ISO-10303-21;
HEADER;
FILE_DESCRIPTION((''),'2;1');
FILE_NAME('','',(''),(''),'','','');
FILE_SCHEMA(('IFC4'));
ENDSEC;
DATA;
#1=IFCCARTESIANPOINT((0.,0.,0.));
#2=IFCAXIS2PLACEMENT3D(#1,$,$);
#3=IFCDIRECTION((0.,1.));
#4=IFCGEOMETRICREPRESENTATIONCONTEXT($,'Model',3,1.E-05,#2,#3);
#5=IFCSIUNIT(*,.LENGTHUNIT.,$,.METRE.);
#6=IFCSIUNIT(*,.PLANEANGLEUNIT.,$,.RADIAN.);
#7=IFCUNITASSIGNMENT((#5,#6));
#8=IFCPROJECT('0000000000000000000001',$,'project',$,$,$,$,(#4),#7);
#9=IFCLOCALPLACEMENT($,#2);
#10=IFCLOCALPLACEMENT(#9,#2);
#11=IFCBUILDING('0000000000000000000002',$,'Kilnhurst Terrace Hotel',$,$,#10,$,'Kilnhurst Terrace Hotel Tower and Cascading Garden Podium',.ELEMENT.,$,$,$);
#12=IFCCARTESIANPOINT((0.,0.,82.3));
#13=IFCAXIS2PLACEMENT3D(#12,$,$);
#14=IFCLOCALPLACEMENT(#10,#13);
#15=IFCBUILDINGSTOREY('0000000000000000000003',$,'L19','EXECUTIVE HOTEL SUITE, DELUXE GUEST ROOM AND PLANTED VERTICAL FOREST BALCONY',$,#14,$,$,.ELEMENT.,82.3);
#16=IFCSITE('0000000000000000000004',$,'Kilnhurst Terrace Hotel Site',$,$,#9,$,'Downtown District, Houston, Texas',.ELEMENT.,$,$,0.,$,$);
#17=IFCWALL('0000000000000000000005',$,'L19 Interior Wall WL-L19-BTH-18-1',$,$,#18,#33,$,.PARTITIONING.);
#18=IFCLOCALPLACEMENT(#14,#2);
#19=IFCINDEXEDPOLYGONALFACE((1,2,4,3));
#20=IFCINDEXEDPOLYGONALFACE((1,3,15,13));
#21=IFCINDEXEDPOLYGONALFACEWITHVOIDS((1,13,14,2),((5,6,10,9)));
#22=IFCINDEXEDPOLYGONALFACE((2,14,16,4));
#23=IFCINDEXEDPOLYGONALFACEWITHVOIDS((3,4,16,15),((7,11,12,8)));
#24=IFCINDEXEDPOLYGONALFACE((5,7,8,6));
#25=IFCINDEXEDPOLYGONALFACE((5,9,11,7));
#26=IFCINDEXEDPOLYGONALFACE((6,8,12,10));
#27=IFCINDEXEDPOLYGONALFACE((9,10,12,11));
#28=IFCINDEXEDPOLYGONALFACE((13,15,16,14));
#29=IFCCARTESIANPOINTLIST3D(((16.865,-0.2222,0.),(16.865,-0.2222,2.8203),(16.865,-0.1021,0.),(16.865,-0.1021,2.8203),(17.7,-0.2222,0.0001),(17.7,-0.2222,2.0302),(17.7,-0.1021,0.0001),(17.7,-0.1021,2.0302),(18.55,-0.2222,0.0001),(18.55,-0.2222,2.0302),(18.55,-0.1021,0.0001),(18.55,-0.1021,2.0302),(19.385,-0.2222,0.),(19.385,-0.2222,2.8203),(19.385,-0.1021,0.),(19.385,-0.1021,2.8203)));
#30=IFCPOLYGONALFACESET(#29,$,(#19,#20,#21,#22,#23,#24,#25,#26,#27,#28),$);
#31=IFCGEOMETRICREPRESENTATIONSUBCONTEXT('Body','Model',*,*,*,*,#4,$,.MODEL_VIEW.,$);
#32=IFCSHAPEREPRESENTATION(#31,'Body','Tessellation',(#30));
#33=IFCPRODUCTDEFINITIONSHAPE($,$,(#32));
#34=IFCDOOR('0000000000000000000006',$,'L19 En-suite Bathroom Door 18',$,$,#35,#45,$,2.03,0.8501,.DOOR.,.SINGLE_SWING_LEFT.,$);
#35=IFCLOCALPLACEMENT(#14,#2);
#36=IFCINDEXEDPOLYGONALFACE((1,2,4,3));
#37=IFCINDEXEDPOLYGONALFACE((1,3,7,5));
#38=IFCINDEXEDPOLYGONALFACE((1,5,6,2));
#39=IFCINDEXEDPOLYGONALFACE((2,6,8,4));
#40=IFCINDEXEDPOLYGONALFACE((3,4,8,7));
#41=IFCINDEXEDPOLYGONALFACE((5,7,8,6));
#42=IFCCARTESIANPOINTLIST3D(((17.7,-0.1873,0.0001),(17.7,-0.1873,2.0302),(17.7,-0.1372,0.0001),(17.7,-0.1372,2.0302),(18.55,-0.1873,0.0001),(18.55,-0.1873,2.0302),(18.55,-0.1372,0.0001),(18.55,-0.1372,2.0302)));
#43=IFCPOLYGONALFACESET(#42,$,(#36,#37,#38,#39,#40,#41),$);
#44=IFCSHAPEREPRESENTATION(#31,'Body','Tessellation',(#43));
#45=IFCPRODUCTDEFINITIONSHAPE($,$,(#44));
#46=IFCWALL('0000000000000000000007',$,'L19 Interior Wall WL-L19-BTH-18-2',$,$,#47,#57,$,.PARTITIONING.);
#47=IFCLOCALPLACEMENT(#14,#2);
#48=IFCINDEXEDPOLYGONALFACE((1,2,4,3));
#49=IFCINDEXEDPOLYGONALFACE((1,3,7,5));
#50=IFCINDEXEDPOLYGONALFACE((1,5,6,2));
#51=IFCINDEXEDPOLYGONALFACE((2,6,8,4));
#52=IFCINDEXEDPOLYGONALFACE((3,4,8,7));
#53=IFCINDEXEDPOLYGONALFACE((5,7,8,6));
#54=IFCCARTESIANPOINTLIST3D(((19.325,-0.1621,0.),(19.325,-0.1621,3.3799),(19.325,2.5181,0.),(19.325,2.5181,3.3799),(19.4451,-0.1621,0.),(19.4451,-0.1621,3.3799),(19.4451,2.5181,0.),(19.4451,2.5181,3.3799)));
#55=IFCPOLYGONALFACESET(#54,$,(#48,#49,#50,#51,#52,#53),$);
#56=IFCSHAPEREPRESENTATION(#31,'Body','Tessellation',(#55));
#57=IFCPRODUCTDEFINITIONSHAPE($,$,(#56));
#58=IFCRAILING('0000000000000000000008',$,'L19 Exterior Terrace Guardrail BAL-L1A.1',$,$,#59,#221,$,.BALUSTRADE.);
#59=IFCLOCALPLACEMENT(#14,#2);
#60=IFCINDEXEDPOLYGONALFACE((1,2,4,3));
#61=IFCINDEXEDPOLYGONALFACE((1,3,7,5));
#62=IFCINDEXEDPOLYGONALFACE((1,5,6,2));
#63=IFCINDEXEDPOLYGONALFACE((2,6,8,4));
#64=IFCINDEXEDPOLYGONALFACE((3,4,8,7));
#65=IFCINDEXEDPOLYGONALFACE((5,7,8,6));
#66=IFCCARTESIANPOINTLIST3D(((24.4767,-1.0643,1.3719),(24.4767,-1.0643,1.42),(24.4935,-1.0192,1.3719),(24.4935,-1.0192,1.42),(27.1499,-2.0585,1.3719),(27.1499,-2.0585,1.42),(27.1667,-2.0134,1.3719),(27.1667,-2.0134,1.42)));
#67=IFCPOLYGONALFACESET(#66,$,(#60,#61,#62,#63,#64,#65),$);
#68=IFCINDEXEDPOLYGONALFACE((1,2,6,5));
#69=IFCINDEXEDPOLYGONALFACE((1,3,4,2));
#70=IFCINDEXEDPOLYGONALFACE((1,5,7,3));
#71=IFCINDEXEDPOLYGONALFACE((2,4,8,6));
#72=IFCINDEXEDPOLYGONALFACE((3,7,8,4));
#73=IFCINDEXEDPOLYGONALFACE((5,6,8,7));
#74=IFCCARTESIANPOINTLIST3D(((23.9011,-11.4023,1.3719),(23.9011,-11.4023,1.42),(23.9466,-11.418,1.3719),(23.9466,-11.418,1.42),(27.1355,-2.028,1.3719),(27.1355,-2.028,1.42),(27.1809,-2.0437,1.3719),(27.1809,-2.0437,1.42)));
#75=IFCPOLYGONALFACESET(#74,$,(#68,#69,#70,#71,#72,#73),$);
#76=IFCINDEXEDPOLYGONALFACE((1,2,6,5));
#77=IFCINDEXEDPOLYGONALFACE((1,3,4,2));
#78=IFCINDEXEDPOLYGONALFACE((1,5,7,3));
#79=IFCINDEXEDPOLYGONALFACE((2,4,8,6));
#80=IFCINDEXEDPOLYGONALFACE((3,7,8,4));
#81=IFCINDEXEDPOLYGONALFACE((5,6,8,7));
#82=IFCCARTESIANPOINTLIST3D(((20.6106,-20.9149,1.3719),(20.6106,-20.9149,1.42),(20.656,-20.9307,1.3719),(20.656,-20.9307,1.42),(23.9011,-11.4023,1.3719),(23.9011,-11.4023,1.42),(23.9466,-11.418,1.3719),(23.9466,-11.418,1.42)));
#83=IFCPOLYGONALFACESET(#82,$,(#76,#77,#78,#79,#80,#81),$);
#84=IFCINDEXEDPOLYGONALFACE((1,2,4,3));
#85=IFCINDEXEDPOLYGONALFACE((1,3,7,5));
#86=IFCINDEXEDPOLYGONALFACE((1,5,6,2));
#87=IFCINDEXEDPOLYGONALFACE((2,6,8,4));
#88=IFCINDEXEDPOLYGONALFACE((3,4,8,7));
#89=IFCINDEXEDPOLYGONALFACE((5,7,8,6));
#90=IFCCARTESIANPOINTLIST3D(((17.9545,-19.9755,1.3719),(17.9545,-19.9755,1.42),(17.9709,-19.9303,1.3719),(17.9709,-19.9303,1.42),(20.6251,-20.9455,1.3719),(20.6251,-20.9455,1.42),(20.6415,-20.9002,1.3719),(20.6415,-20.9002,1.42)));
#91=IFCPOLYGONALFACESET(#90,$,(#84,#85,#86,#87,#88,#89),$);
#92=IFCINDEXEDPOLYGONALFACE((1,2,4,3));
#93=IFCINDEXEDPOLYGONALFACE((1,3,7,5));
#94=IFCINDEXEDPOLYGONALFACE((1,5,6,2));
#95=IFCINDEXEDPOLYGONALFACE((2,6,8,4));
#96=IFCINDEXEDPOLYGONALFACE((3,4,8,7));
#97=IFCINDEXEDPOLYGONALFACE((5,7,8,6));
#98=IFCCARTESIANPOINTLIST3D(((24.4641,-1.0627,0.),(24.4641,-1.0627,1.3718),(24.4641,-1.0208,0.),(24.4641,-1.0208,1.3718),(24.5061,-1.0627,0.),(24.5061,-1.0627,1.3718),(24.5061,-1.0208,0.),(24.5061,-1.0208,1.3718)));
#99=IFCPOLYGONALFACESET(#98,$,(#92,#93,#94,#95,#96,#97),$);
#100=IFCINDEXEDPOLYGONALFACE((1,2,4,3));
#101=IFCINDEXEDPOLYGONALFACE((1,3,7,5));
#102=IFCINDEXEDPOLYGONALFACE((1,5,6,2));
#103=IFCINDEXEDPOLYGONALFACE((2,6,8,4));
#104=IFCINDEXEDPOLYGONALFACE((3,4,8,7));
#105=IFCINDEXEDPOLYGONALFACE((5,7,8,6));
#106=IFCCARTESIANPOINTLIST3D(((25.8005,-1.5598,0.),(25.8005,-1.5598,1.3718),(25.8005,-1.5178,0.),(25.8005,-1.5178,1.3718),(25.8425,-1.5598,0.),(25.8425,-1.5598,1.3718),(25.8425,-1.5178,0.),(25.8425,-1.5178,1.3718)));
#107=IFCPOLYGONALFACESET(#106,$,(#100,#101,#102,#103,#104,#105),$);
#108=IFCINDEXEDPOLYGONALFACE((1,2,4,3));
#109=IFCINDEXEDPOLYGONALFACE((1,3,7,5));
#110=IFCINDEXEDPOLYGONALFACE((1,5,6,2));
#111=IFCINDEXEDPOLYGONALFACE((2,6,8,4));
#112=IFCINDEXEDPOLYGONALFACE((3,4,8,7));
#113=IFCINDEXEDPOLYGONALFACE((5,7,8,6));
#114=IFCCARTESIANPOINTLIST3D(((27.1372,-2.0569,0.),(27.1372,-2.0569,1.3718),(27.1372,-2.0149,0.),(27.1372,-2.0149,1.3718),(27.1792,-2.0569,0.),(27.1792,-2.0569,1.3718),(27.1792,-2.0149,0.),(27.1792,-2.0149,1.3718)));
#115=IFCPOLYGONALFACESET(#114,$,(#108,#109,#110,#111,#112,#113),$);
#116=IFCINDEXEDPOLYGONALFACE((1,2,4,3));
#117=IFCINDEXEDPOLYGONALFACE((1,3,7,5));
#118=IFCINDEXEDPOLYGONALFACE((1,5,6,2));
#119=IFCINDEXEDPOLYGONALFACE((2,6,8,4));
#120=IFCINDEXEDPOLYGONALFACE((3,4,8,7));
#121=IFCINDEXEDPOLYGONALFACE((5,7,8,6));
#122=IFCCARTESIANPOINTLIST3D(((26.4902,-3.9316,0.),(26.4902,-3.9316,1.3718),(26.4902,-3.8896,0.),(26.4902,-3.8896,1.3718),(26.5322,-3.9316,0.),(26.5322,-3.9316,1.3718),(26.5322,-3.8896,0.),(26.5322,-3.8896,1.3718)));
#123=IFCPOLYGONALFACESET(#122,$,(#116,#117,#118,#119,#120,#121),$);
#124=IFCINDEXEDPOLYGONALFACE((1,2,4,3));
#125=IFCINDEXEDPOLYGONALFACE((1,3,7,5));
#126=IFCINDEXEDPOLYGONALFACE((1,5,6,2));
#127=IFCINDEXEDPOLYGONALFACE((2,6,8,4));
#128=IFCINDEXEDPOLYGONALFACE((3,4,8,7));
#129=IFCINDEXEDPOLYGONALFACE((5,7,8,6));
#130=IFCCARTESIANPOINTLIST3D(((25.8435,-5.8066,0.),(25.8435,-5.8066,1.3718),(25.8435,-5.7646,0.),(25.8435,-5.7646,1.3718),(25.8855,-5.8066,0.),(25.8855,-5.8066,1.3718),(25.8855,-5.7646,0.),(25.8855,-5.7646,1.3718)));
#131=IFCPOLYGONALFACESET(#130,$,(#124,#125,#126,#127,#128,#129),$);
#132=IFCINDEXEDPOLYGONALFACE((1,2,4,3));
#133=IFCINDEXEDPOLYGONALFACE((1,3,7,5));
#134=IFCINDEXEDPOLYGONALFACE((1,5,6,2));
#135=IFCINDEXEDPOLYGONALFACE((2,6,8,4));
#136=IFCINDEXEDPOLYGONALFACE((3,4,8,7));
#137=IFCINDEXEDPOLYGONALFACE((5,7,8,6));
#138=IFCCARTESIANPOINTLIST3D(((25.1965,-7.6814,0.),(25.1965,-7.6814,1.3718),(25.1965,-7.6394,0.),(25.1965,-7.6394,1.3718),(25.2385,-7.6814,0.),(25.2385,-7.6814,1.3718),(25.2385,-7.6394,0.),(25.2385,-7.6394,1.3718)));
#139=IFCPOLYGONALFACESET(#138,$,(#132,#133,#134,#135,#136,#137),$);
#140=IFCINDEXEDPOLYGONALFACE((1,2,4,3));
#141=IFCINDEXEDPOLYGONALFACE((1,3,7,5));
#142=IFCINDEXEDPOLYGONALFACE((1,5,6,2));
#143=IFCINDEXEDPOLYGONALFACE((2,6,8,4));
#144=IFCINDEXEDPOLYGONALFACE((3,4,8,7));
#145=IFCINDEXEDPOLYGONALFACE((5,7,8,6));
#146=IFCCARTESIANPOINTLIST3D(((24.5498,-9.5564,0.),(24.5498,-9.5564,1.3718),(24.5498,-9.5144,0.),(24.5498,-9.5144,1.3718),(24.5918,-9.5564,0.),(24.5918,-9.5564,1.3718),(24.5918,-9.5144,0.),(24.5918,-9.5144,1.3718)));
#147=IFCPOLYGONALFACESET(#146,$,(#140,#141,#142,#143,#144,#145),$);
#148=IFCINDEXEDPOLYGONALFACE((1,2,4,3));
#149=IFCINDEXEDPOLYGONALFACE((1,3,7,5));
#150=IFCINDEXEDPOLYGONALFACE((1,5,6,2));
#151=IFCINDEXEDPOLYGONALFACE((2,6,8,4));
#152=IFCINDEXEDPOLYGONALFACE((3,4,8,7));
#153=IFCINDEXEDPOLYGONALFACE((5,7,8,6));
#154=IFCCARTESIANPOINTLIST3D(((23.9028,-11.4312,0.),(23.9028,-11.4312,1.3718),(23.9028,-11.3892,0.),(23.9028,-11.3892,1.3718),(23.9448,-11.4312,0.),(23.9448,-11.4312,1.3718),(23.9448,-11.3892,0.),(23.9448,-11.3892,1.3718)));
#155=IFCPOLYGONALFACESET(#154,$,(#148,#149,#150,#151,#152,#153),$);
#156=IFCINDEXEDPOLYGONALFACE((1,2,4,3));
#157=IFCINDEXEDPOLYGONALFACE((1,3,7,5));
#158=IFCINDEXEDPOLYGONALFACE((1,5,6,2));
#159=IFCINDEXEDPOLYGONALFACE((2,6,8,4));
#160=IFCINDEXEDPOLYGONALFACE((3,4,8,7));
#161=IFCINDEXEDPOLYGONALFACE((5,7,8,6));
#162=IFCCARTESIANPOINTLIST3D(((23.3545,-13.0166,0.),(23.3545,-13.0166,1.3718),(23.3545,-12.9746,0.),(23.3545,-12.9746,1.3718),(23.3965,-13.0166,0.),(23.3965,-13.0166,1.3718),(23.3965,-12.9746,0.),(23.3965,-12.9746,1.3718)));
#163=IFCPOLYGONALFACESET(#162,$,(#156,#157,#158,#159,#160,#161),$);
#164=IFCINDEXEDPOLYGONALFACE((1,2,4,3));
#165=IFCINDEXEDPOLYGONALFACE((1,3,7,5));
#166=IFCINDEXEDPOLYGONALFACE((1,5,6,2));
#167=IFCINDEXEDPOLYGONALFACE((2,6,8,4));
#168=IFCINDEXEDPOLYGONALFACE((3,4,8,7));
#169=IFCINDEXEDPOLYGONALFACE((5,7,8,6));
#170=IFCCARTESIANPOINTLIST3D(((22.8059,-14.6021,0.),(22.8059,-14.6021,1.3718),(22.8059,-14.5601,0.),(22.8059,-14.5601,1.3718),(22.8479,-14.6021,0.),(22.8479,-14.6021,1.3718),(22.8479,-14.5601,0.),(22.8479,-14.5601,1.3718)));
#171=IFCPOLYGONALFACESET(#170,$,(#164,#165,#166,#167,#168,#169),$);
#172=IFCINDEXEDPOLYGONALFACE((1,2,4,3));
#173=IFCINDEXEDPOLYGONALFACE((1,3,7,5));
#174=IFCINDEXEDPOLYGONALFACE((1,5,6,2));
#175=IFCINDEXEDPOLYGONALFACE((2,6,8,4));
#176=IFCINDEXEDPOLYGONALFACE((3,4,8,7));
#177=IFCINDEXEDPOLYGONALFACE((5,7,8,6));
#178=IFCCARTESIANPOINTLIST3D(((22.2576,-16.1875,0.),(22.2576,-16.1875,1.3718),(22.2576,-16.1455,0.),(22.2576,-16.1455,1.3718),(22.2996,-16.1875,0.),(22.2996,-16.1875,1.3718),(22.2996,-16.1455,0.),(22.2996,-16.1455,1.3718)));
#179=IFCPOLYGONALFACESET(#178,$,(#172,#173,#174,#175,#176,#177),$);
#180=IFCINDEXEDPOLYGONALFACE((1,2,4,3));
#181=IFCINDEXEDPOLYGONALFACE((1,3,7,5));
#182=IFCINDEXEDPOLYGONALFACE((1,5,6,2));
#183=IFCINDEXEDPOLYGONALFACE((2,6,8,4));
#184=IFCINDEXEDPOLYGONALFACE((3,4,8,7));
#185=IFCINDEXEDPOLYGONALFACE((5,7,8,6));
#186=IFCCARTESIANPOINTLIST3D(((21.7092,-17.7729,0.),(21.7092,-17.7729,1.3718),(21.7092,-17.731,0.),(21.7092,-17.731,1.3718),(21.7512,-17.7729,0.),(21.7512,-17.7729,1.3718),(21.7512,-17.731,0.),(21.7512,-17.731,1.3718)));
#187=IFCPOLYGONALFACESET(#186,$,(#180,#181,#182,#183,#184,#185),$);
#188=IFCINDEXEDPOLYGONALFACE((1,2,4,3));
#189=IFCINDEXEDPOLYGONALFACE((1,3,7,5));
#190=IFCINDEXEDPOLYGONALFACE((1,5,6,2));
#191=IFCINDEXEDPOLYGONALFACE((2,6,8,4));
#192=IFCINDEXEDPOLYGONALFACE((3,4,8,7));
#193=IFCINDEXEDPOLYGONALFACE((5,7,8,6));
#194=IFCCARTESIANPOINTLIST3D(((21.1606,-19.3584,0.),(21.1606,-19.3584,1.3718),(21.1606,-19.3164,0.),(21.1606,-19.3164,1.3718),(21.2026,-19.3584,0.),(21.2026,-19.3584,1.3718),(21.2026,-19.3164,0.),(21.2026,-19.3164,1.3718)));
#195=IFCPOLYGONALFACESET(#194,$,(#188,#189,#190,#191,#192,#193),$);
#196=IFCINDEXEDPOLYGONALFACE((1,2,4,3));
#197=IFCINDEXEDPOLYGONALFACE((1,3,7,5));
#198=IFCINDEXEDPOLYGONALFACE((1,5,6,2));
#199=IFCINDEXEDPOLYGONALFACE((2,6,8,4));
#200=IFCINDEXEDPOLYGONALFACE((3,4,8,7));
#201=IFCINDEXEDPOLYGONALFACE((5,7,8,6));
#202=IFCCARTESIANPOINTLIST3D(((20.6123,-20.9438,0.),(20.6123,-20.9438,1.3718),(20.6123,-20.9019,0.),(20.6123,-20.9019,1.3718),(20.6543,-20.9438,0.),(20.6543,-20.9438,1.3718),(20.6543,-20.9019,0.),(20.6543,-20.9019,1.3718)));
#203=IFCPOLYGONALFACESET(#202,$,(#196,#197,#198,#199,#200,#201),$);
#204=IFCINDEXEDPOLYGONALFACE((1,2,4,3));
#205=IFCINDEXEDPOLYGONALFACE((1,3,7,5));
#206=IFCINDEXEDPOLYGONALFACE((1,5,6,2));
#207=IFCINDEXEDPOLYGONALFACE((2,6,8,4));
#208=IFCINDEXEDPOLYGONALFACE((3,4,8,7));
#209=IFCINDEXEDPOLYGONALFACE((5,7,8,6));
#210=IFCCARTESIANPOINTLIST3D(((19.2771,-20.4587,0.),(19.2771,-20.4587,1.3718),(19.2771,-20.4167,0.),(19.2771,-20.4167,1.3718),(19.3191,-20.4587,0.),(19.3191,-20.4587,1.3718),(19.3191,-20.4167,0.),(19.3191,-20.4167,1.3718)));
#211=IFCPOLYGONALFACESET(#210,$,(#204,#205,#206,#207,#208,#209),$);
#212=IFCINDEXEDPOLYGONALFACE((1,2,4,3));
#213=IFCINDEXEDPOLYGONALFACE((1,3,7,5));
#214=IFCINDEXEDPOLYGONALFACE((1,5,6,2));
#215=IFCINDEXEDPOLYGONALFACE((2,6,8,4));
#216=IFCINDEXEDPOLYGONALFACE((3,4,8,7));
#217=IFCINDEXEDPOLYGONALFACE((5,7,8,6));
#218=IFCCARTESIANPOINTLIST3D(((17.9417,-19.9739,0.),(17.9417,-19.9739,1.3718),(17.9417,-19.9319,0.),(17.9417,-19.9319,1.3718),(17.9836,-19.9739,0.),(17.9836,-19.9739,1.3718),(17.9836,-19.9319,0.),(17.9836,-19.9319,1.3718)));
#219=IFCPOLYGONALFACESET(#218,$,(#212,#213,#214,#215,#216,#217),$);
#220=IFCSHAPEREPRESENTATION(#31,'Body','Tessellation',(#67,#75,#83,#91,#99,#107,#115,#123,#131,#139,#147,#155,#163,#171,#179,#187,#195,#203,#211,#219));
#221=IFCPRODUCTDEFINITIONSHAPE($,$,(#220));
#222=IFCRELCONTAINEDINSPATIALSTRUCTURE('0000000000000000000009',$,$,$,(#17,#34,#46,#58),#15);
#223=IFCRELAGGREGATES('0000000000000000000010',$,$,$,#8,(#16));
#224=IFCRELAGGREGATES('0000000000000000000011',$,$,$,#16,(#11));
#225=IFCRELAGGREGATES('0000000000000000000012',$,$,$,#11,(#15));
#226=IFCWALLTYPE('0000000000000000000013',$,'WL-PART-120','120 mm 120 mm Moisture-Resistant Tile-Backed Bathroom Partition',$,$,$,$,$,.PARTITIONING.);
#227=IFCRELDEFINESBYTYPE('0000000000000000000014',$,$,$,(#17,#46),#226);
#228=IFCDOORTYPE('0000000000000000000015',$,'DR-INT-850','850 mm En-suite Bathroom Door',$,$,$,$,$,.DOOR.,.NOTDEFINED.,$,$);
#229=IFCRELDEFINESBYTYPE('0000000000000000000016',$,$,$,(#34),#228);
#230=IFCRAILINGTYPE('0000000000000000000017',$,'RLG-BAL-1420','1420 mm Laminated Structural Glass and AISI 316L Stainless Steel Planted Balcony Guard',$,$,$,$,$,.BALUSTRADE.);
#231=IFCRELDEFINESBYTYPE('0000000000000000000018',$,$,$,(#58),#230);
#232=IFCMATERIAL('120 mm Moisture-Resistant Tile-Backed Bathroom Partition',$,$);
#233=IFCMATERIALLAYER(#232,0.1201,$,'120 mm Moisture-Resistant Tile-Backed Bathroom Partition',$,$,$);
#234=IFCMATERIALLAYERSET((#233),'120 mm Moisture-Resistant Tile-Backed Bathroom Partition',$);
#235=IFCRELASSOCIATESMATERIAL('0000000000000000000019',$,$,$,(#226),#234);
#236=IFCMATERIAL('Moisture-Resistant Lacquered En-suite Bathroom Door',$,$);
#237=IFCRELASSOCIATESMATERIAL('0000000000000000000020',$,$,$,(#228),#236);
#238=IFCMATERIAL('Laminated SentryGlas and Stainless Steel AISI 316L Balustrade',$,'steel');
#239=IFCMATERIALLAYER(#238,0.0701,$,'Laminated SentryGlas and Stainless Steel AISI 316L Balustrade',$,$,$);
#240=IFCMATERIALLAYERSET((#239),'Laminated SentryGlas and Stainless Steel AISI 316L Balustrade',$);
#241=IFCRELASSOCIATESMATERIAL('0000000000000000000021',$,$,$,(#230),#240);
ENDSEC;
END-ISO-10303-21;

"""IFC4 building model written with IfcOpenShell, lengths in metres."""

from ifc_helpers import new_model, si_unit, direction, frame, frame_2d, origin, origin_2d, place, context, subcontext, project, spatial, rectangle, extrude, material, layer, layer_set, type_object, element, fill, save


model = new_model("IFC4")

# Units and contexts
model_context = context("Model", 3, precision=1e-05, world=origin(), true_north=direction((0.0, 1.0)))
body_context = subcontext(model_context, "Body", "Model", "MODEL_VIEW")
ifc_project = project(units=[si_unit("LENGTHUNIT", "METRE"), si_unit("PLANEANGLEUNIT", "RADIAN")], contexts=[model_context])

# Site, building, storey
site_placement = place(None, origin())
site = spatial("IfcSite", under=ifc_project, at=site_placement, Name="Kilnhurst Terrace Hotel Site", LongName="Downtown District, Houston, Texas", CompositionType="ELEMENT", RefElevation=0.0)
building_placement = place(site_placement, origin())
building = spatial("IfcBuilding", under=site, at=building_placement, Name="Kilnhurst Terrace Hotel", LongName="Kilnhurst Terrace Hotel Tower and Cascading Garden Podium", CompositionType="ELEMENT")
storey_placement = place(building_placement, frame((0.0, 0.0, 82.3)))
storey = spatial("IfcBuildingStorey", under=building, at=storey_placement, Name="L19", Description="EXECUTIVE HOTEL SUITE, DELUXE GUEST ROOM AND PLANTED VERTICAL FOREST BALCONY", CompositionType="ELEMENT", Elevation=82.3)

# Shared definitions
ifc_material_1 = material(Name="120 mm Moisture-Resistant Tile-Backed Bathroom Partition")
ifc_layer_1 = layer(ifc_material_1, 0.1201, Name="120 mm Moisture-Resistant Tile-Backed Bathroom Partition")
ifc_layer_set_1 = layer_set([ifc_layer_1], Name="120 mm Moisture-Resistant Tile-Backed Bathroom Partition")
wall_type_1 = type_object("IfcWallType", Name="WL-PART-120", Description="120 mm 120 mm Moisture-Resistant Tile-Backed Bathroom Partition", PredefinedType="PARTITIONING", material=ifc_layer_set_1)

# Wall, opening, door
wall_1_placement = place(storey_placement, frame((16.865, -0.1621, 0.0), z_axis=(0.0, 0.0, 1.0), x_axis=(1.0, 0.0, 0.0)))
wall_1 = element("IfcWall", 1, at=wall_1_placement, inside=storey, type_object=wall_type_1, Name="L19 Interior Wall WL-L19-BTH-18-1", PredefinedType="PARTITIONING", context=body_context, shape_type="SweptSolid", body=[
    extrude(rectangle(XDim=2.52, YDim=0.1201, at=frame_2d((1.26, 0.0))), origin(), (0.0, 0.0, 1.0), 2.8203),
])
opening_1_placement = place(wall_1_placement, frame((0.835, 0.0, 0.0)))
opening_1 = element("IfcOpeningElement", 2, at=opening_1_placement, cuts=wall_1, PredefinedType="OPENING", context=body_context, shape_type="SweptSolid", body=[
    extrude(rectangle(XDim=0.8501, YDim=2.03, at=frame_2d((0.425, 1.0151))), frame((0.0, 0.0701, 0.0), z_axis=(0.0, -1.0, 0.0), x_axis=(1.0, 0.0, 0.0)), (0.0, 0.0, 1.0), 0.1401),
])
ifc_material_2 = material(Name="Moisture-Resistant Lacquered En-suite Bathroom Door")
door_type_1 = type_object("IfcDoorType", Name="DR-INT-850", Description="850 mm En-suite Bathroom Door", OperationType="NOTDEFINED", PredefinedType="DOOR", material=ifc_material_2)
door_1_placement = place(opening_1_placement, origin())
door_1 = element("IfcDoor", 3, at=door_1_placement, inside=storey, type_object=door_type_1, Name="L19 En-suite Bathroom Door 18", OperationType="SINGLE_SWING_LEFT", OverallHeight=2.03, OverallWidth=0.8501, PredefinedType="DOOR", context=body_context, shape_type="SweptSolid", body=[
    extrude(rectangle(XDim=0.8501, YDim=2.03, at=frame_2d((0.425, 1.0151))), frame((0.0, 0.0249, 0.0), z_axis=(0.0, -1.0, 0.0), x_axis=(1.0, 0.0, 0.0)), (0.0, 0.0, 1.0), 0.05),
])
fill(opening_1, door_1)

# Wall
wall_2_placement = place(storey_placement, frame((19.385, -0.1621, 0.0), z_axis=(0.0, 0.0, 1.0), x_axis=(0.0, 1.0, 0.0)))
element("IfcWall", 4, at=wall_2_placement, inside=storey, type_object=wall_type_1, Name="L19 Interior Wall WL-L19-BTH-18-2", PredefinedType="PARTITIONING", context=body_context, shape_type="SweptSolid", body=[
    extrude(rectangle(XDim=2.6802, YDim=0.1201, at=frame_2d((1.3401, 0.0))), origin(), (0.0, 0.0, 1.0), 3.3799),
])

# Railing
ifc_material_3 = material(Name="Laminated SentryGlas and Stainless Steel AISI 316L Balustrade", Category="steel")
ifc_layer_2 = layer(ifc_material_3, 0.0701, Name="Laminated SentryGlas and Stainless Steel AISI 316L Balustrade")
ifc_layer_set_2 = layer_set([ifc_layer_2], Name="Laminated SentryGlas and Stainless Steel AISI 316L Balustrade")
railing_type = type_object("IfcRailingType", Name="RLG-BAL-1420", Description="1420 mm Laminated Structural Glass and AISI 316L Stainless Steel Planted Balcony Guard", PredefinedType="BALUSTRADE", material=ifc_layer_set_2)
railing_placement = place(storey_placement, frame((24.4851, -1.0417, 0.0)))
element("IfcRailing", 5, at=railing_placement, inside=storey, type_object=railing_type, Name="L19 Exterior Terrace Guardrail BAL-L1A.1", PredefinedType="BALUSTRADE", context=body_context, shape_type="SweptSolid", body=[
    extrude(rectangle(XDim=0.0481, YDim=0.0481, at=origin_2d()), frame((0.0, 0.0, 1.396), z_axis=(0.937279, -0.34858, 0.0), x_axis=(0.34858, 0.937279, 0.0)), (0.0, 0.0, 1.0), 2.8521),
    extrude(rectangle(XDim=0.0481, YDim=0.0481, at=origin_2d()), frame((2.6731, -0.9941, 1.396), z_axis=(-0.326159, -0.945315, 0.0), x_axis=(0.945315, -0.326159, 0.0)), (0.0, 0.0, 1.0), 9.9165),
    extrude(rectangle(XDim=0.0481, YDim=0.0481, at=origin_2d()), frame((-0.5613, -10.3684, 1.396), z_axis=(-0.326904, -0.945058, 0.0), x_axis=(0.945058, -0.326904, 0.0)), (0.0, 0.0, 1.0), 10.0657),
    extrude(rectangle(XDim=0.0481, YDim=0.0481, at=origin_2d()), frame((-3.8518, -19.8811, 1.396), z_axis=(-0.939926, 0.341377, 0.0), x_axis=(-0.341377, -0.939926, 0.0)), (0.0, 0.0, 1.0), 2.8413),
    extrude(rectangle(XDim=0.042, YDim=0.042, at=origin_2d()), origin(), (0.0, 0.0, 1.0), 1.3718),
    extrude(rectangle(XDim=0.042, YDim=0.042, at=origin_2d()), frame((1.3364, -0.4971, 0.0)), (0.0, 0.0, 1.0), 1.3718),
    extrude(rectangle(XDim=0.042, YDim=0.042, at=origin_2d()), frame((2.6731, -0.9941, 0.0)), (0.0, 0.0, 1.0), 1.3718),
    extrude(rectangle(XDim=0.042, YDim=0.042, at=origin_2d()), frame((2.0261, -2.8689, 0.0)), (0.0, 0.0, 1.0), 1.3718),
    extrude(rectangle(XDim=0.042, YDim=0.042, at=origin_2d()), frame((1.3794, -4.7439, 0.0)), (0.0, 0.0, 1.0), 1.3718),
    extrude(rectangle(XDim=0.042, YDim=0.042, at=origin_2d()), frame((0.7324, -6.6187, 0.0)), (0.0, 0.0, 1.0), 1.3718),
    extrude(rectangle(XDim=0.042, YDim=0.042, at=origin_2d()), frame((0.0857, -8.4937, 0.0)), (0.0, 0.0, 1.0), 1.3718),
    extrude(rectangle(XDim=0.042, YDim=0.042, at=origin_2d()), frame((-0.5613, -10.3684, 0.0)), (0.0, 0.0, 1.0), 1.3718),
    extrude(rectangle(XDim=0.042, YDim=0.042, at=origin_2d()), frame((-1.1096, -11.9539, 0.0)), (0.0, 0.0, 1.0), 1.3718),
    extrude(rectangle(XDim=0.042, YDim=0.042, at=origin_2d()), frame((-1.6582, -13.5393, 0.0)), (0.0, 0.0, 1.0), 1.3718),
    extrude(rectangle(XDim=0.042, YDim=0.042, at=origin_2d()), frame((-2.2065, -15.1248, 0.0)), (0.0, 0.0, 1.0), 1.3718),
    extrude(rectangle(XDim=0.042, YDim=0.042, at=origin_2d()), frame((-2.7549, -16.7102, 0.0)), (0.0, 0.0, 1.0), 1.3718),
    extrude(rectangle(XDim=0.042, YDim=0.042, at=origin_2d()), frame((-3.3035, -18.2957, 0.0)), (0.0, 0.0, 1.0), 1.3718),
    extrude(rectangle(XDim=0.042, YDim=0.042, at=origin_2d()), frame((-3.8518, -19.8811, 0.0)), (0.0, 0.0, 1.0), 1.3718),
    extrude(rectangle(XDim=0.042, YDim=0.042, at=origin_2d()), frame((-5.187, -19.396, 0.0)), (0.0, 0.0, 1.0), 1.3718),
    extrude(rectangle(XDim=0.042, YDim=0.042, at=origin_2d()), frame((-6.5225, -18.9111, 0.0)), (0.0, 0.0, 1.0), 1.3718),
])

save(model, "model.ifc")
